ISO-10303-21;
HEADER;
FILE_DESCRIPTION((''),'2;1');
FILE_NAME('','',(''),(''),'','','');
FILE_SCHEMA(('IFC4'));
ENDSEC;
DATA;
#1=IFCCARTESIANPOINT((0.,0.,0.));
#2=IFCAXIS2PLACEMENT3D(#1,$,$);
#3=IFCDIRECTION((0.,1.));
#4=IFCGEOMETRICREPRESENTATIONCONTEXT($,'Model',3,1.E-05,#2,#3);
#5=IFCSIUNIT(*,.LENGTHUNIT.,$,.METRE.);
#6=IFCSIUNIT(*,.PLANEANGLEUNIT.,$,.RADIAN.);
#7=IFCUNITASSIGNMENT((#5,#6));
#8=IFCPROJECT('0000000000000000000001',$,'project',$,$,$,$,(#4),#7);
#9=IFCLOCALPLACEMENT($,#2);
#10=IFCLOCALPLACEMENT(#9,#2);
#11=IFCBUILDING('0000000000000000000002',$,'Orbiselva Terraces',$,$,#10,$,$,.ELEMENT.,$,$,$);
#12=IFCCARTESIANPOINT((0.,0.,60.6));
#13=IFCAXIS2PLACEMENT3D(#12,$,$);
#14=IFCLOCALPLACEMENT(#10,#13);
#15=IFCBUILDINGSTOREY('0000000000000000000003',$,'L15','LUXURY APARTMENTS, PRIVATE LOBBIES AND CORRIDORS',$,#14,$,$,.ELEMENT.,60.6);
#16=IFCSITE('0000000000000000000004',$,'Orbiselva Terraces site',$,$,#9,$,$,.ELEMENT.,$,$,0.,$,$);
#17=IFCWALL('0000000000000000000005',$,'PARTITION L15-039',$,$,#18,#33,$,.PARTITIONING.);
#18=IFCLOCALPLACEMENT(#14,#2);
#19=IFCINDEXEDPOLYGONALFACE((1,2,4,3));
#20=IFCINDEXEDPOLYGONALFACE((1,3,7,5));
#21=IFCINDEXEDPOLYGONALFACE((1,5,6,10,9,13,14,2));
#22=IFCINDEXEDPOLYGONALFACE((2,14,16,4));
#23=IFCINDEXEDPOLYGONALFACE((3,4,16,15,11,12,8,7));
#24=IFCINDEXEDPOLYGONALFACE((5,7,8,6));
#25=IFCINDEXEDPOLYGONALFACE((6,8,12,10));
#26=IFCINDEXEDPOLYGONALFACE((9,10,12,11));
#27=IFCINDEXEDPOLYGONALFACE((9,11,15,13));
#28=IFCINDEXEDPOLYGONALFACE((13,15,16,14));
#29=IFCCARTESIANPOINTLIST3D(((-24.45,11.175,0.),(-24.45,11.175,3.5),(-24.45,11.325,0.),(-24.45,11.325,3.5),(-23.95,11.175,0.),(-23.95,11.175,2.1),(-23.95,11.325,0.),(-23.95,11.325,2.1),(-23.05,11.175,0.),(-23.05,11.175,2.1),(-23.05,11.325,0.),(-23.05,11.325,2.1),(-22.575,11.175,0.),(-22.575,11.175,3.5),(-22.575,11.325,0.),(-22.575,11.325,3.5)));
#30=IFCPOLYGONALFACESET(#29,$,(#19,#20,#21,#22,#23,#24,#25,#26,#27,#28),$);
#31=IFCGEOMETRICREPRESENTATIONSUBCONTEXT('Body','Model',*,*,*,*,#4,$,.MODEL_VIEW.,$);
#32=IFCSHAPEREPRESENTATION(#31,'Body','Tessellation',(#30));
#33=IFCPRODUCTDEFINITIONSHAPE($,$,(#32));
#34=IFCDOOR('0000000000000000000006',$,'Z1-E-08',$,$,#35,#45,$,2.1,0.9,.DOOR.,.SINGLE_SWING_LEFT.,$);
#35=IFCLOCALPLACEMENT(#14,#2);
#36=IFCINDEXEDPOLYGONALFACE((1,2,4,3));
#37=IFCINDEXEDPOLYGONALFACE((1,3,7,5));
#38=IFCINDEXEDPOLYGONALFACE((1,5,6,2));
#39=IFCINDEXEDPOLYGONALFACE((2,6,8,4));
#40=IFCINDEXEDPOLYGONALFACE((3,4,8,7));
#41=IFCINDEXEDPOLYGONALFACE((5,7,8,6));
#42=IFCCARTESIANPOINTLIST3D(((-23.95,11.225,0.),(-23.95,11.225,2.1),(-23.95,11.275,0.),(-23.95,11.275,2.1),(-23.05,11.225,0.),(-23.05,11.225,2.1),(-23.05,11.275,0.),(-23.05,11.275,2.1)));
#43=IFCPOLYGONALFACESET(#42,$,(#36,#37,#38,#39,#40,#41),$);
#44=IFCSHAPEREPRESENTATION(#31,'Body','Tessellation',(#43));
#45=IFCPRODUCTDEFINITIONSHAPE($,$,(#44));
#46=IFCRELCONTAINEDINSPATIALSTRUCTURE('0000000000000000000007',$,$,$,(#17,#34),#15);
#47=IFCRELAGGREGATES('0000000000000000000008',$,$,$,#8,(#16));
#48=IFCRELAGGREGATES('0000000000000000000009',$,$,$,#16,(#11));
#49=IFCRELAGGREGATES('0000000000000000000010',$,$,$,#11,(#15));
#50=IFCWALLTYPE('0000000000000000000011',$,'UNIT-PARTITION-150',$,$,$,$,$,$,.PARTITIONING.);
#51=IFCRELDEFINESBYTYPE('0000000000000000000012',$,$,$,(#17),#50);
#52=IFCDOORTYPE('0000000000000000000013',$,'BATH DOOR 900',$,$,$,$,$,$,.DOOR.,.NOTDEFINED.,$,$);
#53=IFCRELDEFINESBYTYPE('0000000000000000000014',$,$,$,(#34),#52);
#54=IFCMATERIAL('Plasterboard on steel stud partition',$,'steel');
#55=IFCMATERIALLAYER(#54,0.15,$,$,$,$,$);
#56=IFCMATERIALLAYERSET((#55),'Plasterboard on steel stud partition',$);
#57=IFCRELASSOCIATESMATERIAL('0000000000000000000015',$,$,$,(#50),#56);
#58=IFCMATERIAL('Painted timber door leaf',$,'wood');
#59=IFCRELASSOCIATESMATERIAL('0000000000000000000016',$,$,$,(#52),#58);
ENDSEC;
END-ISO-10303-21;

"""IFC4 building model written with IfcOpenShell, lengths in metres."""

from ifc_helpers import new_model, si_unit, direction, frame, frame_2d, origin, place, context, subcontext, project, spatial, rectangle, extrude, material, layer, layer_set, type_object, element, fill, save


model = new_model("IFC4")

# Units and contexts
model_context = context("Model", 3, precision=1e-05, world=origin(), true_north=direction((0.0, 1.0)))
body_context = subcontext(model_context, "Body", "Model", "MODEL_VIEW")
ifc_project = project(units=[si_unit("LENGTHUNIT", "METRE"), si_unit("PLANEANGLEUNIT", "RADIAN")], contexts=[model_context])

# Site, building, storey
site_placement = place(None, origin())
site = spatial("IfcSite", under=ifc_project, at=site_placement, Name="Orbiselva Terraces site", CompositionType="ELEMENT", RefElevation=0.0)
building_placement = place(site_placement, origin())
building = spatial("IfcBuilding", under=site, at=building_placement, Name="Orbiselva Terraces", CompositionType="ELEMENT")
storey_placement = place(building_placement, frame((0.0, 0.0, 60.6)))
storey = spatial("IfcBuildingStorey", under=building, at=storey_placement, Name="L15", Description="LUXURY APARTMENTS, PRIVATE LOBBIES AND CORRIDORS", CompositionType="ELEMENT", Elevation=60.6)

# Shared definitions
ifc_material_1 = material(Name="Plasterboard on steel stud partition", Category="steel")
ifc_material_2 = material(Name="Painted timber door leaf", Category="wood")
ifc_layer_1 = layer(ifc_material_1, 0.15)
ifc_layer_set_1 = layer_set([ifc_layer_1], Name="Plasterboard on steel stud partition")
wall_type_1 = type_object("IfcWallType", Name="UNIT-PARTITION-150", PredefinedType="PARTITIONING", material=ifc_layer_set_1)
door_type_1 = type_object("IfcDoorType", Name="BATH DOOR 900", OperationType="NOTDEFINED", PredefinedType="DOOR", material=ifc_material_2)

# Wall, opening, door
wall_1_placement = place(storey_placement, frame((-22.575, 11.25, 0.0), z_axis=(0.0, 0.0, 1.0), x_axis=(-1.0, 0.0, 0.0)))
wall_1 = element("IfcWall", 1, at=wall_1_placement, inside=storey, type_object=wall_type_1, Name="PARTITION L15-039", PredefinedType="PARTITIONING", context=body_context, shape_type="SweptSolid", body=[
    extrude(rectangle(XDim=1.875, YDim=0.15, at=frame_2d((0.9375, 0.0))), origin(), (0.0, 0.0, 1.0), 3.5),
])
opening_1_placement = place(wall_1_placement, frame((0.475, 0.0, 0.0)))
opening_1 = element("IfcOpeningElement", 2, at=opening_1_placement, cuts=wall_1, PredefinedType="OPENING", context=body_context, shape_type="SweptSolid", body=[
    extrude(rectangle(XDim=0.9, YDim=2.1, at=frame_2d((0.45, 1.05))), frame((0.0, 0.085, 0.0), z_axis=(0.0, -1.0, 0.0), x_axis=(1.0, 0.0, 0.0)), (0.0, 0.0, 1.0), 0.17),
])
door_1_placement = place(opening_1_placement, origin())
door_1 = element("IfcDoor", 3, at=door_1_placement, inside=storey, type_object=door_type_1, Name="Z1-E-08", OperationType="SINGLE_SWING_LEFT", OverallHeight=2.1, OverallWidth=0.9, PredefinedType="DOOR", context=body_context, shape_type="SweptSolid", body=[
    extrude(rectangle(XDim=0.9, YDim=2.1, at=frame_2d((0.45, 1.05))), frame((0.0, 0.025, 0.0), z_axis=(0.0, -1.0, 0.0), x_axis=(1.0, 0.0, 0.0)), (0.0, 0.0, 1.0), 0.05),
])
fill(opening_1, door_1)

save(model, "model.ifc")
